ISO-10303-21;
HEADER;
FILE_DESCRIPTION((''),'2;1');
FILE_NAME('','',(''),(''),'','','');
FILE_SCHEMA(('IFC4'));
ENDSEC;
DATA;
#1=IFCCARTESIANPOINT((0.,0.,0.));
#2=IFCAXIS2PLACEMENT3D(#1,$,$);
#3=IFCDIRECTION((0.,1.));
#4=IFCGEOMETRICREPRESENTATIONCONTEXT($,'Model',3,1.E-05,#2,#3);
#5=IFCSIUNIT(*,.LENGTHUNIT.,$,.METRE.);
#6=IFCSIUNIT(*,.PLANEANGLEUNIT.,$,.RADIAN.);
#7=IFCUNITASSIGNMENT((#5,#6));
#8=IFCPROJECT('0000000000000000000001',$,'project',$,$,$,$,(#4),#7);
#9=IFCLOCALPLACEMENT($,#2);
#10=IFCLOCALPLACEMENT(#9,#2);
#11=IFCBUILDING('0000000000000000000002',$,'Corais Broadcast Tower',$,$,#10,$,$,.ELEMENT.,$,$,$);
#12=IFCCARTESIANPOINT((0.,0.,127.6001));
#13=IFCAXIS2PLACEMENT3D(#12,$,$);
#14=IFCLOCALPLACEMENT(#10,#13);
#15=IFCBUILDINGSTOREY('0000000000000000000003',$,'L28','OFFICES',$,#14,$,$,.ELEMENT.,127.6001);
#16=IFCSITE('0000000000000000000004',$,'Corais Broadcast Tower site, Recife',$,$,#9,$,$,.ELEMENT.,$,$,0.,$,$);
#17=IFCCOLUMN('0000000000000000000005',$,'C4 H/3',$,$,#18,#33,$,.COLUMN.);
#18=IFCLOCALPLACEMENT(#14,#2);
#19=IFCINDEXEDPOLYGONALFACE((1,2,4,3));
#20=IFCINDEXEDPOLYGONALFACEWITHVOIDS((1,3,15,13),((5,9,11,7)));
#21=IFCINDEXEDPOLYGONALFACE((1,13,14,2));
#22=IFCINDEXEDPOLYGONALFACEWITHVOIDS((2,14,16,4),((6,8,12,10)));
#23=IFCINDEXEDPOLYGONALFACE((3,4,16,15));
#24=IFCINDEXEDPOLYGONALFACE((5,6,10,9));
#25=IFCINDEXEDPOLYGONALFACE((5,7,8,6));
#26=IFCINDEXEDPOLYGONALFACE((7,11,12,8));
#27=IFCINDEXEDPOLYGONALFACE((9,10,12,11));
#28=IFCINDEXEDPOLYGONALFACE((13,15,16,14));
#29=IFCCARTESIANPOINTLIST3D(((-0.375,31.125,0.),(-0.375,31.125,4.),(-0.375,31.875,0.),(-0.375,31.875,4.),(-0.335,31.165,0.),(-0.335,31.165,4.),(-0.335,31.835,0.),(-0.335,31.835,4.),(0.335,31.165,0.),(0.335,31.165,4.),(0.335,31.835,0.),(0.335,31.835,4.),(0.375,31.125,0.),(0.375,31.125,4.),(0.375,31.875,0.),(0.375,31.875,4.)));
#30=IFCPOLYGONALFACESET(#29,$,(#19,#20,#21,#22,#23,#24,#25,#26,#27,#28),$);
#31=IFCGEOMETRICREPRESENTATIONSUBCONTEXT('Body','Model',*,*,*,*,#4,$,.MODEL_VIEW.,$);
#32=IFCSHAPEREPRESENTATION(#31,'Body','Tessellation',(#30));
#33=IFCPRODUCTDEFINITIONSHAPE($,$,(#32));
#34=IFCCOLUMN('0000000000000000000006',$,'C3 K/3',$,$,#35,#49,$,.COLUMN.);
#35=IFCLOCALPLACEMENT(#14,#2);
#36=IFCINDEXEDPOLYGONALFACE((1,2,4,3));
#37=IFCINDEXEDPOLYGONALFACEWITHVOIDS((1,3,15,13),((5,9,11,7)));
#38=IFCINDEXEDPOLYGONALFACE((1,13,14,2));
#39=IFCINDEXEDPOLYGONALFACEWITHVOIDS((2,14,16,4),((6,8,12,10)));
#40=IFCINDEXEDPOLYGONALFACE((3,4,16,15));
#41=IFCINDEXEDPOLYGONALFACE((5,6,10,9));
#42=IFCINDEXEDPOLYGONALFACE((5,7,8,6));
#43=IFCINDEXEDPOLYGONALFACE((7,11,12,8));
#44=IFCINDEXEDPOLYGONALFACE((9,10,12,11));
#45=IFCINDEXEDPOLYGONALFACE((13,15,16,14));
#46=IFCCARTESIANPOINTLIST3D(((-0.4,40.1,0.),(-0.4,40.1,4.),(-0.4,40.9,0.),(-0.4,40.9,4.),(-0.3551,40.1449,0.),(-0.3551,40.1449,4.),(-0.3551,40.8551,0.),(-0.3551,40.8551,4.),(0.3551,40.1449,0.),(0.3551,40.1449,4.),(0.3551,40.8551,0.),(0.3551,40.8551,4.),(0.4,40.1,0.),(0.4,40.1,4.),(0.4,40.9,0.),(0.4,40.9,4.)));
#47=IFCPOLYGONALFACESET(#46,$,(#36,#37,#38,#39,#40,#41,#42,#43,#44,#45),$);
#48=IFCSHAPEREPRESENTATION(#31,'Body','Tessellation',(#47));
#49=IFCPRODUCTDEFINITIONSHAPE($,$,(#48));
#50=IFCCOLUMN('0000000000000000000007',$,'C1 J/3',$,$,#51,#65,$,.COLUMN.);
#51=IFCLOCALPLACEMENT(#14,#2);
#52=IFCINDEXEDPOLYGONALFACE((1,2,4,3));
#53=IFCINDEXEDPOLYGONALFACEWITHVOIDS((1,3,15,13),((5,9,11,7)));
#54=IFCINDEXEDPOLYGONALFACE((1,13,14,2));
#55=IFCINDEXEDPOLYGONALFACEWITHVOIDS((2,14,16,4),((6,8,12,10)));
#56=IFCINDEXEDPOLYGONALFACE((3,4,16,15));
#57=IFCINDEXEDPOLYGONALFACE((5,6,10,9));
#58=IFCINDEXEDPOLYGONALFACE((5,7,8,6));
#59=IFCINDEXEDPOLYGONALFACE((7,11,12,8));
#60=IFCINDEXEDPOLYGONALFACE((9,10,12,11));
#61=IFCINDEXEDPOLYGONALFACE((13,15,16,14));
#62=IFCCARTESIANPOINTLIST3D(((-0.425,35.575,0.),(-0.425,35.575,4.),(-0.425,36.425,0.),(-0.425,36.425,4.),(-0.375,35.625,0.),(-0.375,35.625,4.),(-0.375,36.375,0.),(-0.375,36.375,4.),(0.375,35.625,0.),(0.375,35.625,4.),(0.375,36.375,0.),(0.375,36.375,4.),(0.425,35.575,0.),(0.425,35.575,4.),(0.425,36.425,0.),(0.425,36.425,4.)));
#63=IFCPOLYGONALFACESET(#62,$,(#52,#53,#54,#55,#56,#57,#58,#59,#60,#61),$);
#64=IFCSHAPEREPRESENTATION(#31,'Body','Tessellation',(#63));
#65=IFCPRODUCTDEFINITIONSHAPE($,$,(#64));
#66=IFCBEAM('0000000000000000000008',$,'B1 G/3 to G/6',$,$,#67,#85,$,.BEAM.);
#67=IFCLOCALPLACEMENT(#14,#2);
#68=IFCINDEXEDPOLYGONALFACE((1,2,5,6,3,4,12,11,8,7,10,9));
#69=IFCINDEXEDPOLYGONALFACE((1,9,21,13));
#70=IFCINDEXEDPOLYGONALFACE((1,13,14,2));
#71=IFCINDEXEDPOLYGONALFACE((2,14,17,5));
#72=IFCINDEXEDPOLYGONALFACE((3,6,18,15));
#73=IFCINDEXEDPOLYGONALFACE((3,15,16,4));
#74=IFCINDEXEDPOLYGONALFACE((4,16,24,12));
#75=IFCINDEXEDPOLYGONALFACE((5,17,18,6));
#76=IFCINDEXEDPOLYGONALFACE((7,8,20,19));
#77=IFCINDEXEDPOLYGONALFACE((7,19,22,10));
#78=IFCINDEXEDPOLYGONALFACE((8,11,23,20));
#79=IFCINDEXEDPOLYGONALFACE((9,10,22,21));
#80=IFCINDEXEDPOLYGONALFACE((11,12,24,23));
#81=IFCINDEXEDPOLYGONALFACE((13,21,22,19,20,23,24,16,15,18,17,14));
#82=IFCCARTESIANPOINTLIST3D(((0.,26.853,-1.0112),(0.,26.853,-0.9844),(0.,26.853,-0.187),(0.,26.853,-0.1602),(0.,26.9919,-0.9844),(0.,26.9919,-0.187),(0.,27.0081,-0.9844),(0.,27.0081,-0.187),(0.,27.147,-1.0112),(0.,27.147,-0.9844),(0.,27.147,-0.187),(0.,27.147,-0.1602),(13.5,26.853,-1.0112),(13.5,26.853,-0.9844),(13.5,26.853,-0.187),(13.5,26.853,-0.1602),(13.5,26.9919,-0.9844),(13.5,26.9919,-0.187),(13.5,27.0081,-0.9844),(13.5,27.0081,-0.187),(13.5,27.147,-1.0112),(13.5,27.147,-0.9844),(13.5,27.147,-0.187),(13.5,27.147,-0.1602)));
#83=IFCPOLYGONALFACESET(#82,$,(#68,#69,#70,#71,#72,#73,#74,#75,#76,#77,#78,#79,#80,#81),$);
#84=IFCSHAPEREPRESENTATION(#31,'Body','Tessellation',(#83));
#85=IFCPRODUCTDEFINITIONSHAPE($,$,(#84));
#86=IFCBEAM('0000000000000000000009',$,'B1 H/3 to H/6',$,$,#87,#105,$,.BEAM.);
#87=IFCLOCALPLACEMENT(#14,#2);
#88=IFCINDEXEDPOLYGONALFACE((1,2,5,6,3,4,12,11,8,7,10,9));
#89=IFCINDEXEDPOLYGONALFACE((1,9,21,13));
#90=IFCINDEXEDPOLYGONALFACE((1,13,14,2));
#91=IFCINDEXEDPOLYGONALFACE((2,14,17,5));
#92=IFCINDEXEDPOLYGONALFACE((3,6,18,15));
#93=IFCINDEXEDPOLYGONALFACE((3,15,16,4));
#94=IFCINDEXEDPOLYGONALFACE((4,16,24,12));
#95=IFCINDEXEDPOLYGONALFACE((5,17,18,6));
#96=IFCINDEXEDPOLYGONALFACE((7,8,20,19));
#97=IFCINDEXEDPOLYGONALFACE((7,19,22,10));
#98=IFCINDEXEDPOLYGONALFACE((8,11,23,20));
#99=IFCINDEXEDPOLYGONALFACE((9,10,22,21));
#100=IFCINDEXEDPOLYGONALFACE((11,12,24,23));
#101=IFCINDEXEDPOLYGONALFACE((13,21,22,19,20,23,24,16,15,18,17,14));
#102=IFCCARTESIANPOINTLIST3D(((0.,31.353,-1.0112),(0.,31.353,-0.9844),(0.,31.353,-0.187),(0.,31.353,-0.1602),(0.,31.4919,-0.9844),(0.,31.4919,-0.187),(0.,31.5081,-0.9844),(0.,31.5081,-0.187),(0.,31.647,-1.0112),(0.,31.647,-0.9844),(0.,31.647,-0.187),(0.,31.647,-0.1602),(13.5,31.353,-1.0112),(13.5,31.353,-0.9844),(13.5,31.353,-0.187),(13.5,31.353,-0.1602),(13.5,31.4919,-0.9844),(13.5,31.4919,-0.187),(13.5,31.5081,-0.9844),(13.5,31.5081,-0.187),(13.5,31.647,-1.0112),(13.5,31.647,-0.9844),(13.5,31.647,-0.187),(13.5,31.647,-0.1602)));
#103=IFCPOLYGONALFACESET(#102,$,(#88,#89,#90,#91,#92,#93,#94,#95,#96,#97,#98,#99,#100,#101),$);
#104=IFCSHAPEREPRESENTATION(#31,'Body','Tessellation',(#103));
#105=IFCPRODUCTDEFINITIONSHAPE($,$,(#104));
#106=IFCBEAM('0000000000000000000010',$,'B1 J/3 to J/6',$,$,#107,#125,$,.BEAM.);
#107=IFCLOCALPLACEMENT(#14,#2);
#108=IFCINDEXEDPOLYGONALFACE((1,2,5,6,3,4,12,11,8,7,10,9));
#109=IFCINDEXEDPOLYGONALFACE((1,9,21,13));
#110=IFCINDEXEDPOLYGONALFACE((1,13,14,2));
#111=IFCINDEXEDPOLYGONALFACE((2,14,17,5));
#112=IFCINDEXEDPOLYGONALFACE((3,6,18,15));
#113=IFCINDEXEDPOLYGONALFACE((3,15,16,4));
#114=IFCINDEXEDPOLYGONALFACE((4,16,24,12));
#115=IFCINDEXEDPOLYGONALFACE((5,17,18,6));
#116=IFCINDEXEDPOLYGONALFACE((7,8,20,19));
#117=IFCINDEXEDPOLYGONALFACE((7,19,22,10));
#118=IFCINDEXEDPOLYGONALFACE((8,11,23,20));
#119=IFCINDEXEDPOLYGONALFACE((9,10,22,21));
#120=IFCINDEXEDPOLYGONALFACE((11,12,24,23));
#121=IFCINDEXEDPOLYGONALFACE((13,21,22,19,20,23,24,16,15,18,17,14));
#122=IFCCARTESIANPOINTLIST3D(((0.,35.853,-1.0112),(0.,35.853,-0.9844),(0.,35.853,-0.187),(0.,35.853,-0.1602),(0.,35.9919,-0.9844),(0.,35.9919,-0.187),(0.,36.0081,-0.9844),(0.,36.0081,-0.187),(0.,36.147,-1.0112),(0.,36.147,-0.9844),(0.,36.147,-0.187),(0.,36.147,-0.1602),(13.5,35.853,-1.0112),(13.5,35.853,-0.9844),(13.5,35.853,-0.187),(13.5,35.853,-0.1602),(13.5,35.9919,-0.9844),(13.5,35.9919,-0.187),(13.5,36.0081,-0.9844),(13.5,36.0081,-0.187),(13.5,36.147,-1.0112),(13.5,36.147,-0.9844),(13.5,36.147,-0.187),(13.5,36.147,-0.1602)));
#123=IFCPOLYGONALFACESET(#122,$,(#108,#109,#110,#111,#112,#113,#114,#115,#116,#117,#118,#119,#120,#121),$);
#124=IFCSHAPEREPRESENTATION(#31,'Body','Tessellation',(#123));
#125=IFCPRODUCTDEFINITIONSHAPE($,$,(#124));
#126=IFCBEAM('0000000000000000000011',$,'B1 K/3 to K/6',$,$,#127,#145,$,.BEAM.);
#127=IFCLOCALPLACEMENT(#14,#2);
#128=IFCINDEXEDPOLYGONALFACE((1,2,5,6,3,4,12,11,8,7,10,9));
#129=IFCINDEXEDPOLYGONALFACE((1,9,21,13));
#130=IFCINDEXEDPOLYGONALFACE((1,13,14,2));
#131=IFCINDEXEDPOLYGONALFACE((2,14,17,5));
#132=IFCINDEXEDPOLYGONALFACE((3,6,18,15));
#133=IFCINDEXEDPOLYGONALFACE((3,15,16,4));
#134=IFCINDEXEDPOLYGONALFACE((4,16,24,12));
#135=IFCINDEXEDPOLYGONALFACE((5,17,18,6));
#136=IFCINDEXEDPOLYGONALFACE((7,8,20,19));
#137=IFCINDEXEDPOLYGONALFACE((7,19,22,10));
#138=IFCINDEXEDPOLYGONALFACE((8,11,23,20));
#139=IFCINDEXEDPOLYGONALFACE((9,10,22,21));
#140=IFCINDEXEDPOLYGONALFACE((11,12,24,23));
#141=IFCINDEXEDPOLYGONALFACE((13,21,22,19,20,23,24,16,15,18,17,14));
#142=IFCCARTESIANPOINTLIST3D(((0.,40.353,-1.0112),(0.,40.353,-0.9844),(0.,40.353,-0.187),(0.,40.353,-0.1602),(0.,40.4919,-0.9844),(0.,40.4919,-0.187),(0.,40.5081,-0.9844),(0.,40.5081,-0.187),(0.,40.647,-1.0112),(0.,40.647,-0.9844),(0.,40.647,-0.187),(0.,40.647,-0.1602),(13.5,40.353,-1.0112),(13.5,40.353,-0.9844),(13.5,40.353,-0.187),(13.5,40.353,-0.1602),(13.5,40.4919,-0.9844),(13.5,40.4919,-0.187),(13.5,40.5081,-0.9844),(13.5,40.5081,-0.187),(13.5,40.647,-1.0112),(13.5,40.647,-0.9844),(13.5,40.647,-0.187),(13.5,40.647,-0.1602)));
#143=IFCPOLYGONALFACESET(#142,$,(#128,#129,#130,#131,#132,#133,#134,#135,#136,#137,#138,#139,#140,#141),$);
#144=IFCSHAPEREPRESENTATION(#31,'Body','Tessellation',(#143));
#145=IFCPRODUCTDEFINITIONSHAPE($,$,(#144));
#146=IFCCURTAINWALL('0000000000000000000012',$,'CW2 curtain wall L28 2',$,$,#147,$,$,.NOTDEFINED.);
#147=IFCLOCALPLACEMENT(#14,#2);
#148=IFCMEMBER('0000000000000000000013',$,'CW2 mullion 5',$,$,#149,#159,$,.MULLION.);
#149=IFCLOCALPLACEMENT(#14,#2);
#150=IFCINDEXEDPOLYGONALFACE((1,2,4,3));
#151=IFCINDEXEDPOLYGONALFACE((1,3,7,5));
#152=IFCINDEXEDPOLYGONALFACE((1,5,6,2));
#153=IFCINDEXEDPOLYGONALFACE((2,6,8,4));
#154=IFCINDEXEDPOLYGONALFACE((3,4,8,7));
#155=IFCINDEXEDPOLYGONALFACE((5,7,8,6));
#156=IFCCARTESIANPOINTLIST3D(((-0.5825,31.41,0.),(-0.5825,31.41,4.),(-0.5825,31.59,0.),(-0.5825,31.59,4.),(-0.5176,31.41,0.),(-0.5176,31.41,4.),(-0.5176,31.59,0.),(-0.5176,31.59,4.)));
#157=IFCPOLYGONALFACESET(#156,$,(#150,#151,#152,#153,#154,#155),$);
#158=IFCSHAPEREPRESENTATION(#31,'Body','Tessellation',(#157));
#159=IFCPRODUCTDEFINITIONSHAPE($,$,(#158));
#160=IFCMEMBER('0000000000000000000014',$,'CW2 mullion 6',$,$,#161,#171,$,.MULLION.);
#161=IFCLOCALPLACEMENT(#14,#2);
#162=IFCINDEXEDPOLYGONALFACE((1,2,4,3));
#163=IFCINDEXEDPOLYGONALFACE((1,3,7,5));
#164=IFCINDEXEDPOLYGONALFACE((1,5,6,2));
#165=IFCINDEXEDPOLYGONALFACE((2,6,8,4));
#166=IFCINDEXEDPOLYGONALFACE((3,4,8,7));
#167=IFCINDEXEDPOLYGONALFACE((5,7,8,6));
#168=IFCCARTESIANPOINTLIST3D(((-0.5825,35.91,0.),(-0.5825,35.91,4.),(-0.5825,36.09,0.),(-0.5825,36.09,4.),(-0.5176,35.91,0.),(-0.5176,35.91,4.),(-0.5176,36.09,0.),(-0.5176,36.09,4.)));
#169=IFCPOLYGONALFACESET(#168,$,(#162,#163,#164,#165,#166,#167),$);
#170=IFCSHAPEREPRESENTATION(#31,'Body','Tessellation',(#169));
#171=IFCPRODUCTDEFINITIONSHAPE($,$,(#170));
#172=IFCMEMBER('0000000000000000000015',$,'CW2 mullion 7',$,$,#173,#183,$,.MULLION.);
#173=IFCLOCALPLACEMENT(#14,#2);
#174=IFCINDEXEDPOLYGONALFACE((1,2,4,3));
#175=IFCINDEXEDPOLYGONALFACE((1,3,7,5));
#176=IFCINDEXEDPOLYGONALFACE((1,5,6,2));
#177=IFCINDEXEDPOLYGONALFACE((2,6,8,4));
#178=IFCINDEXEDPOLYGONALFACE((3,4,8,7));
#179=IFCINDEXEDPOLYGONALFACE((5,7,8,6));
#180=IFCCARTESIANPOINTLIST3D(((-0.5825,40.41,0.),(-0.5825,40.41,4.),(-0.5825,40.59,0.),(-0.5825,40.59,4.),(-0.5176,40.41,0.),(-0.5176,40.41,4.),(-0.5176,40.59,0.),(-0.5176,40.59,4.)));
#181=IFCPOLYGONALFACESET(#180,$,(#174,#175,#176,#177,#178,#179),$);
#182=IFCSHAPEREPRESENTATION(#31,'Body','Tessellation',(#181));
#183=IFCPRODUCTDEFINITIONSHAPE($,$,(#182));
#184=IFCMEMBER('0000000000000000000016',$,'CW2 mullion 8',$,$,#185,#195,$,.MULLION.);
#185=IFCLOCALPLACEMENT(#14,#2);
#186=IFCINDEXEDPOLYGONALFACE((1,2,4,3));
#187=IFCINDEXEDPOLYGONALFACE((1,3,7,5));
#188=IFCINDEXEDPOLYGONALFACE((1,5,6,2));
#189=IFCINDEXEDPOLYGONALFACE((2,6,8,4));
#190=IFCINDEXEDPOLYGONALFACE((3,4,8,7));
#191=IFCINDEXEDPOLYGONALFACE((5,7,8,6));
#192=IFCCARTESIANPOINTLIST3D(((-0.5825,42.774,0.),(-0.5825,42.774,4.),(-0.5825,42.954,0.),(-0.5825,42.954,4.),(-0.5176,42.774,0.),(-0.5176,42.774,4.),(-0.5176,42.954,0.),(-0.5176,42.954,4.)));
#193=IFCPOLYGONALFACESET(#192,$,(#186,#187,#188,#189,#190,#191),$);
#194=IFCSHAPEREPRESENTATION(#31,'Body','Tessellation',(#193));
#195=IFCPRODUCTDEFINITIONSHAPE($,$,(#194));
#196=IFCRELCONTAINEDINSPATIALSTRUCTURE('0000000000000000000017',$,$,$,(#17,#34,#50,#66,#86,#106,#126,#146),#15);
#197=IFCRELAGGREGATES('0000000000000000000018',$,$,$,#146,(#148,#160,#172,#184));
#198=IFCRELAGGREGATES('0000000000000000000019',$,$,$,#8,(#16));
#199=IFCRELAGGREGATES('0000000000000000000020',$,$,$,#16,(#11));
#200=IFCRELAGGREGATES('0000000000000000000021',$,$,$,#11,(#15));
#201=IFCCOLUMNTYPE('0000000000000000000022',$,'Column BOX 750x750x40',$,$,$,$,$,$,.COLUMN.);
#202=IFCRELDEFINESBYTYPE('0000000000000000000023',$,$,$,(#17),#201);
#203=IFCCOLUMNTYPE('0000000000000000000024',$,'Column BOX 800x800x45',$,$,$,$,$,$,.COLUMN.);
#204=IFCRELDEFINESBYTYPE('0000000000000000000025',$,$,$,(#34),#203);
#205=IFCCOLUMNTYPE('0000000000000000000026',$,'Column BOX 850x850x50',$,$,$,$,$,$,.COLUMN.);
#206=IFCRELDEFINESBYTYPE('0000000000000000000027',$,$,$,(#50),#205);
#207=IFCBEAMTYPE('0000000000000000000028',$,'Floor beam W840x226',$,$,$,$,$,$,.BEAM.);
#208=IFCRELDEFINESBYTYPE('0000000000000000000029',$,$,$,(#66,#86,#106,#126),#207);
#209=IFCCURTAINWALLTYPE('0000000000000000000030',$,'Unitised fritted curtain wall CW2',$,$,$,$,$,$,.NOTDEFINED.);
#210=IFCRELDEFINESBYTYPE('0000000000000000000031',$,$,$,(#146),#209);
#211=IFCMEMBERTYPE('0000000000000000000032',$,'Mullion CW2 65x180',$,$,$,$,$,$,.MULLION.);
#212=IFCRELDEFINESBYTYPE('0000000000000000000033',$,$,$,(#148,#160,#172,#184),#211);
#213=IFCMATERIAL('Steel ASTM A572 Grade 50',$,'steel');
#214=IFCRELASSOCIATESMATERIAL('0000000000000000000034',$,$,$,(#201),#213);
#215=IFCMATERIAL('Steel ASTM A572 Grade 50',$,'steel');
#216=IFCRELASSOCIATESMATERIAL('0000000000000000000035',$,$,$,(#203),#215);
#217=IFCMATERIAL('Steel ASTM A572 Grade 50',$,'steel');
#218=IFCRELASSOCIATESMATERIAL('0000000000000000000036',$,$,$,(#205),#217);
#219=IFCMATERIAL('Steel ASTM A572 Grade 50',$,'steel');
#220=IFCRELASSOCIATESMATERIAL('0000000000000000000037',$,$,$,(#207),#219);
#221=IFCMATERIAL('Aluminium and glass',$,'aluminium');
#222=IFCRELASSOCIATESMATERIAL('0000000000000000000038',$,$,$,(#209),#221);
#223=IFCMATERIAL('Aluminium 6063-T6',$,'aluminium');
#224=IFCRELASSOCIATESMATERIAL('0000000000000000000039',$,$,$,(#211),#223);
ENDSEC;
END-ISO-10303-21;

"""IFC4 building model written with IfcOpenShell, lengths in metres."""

from ifc_helpers import new_model, si_unit, direction, frame, origin, origin_2d, place, context, subcontext, project, spatial, rectangle, hollow_rectangle, i_section, extrude, material, material_profile, profile_set, type_object, element, aggregate, save


model = new_model("IFC4")

# Units and contexts
model_context = context("Model", 3, precision=1e-05, world=origin(), true_north=direction((0.0, 1.0)))
body_context = subcontext(model_context, "Body", "Model", "MODEL_VIEW")
ifc_project = project(units=[si_unit("LENGTHUNIT", "METRE"), si_unit("PLANEANGLEUNIT", "RADIAN")], contexts=[model_context])

# Site, building, storey
site_placement = place(None, origin())
site = spatial("IfcSite", under=ifc_project, at=site_placement, Name="Corais Broadcast Tower site, Recife", CompositionType="ELEMENT", RefElevation=0.0)
building_placement = place(site_placement, origin())
building = spatial("IfcBuilding", under=site, at=building_placement, Name="Corais Broadcast Tower", CompositionType="ELEMENT")
storey_placement = place(building_placement, frame((0.0, 0.0, 127.6001)))
storey = spatial("IfcBuildingStorey", under=building, at=storey_placement, Name="L28", Description="OFFICES", CompositionType="ELEMENT", Elevation=127.6001)

# Columns
ifc_material_1 = material(Name="Steel ASTM A572 Grade 50", Category="steel")
ifc_material_profile_1 = material_profile(ifc_material_1, hollow_rectangle(XDim=0.75, YDim=0.75, WallThickness=0.04, at=origin_2d()), Name="BOX 750x750x40")
ifc_profile_set_1 = profile_set([ifc_material_profile_1], Name="Steel ASTM A572 Grade 50")
column_type_1 = type_object("IfcColumnType", Name="Column BOX 750x750x40", PredefinedType="COLUMN", material=ifc_profile_set_1)
column_1_placement = place(storey_placement, frame((0.0, 31.5, 0.0), z_axis=(0.0, 0.0, 1.0), x_axis=(1.0, 0.0, 0.0)))
element("IfcColumn", 1, at=column_1_placement, inside=storey, type_object=column_type_1, Name="C4 H/3", PredefinedType="COLUMN", context=body_context, shape_type="SweptSolid", body=[
    extrude(hollow_rectangle(XDim=0.75, YDim=0.75, WallThickness=0.04, at=origin_2d()), origin(), (0.0, 0.0, 1.0), 4.0),
])
ifc_material_2 = material(Name="Steel ASTM A572 Grade 50", Category="steel")
ifc_material_profile_2 = material_profile(ifc_material_2, hollow_rectangle(XDim=0.8, YDim=0.8, WallThickness=0.0449, at=origin_2d()), Name="BOX 800x800x45")
ifc_profile_set_2 = profile_set([ifc_material_profile_2], Name="Steel ASTM A572 Grade 50")
column_type_2 = type_object("IfcColumnType", Name="Column BOX 800x800x45", PredefinedType="COLUMN", material=ifc_profile_set_2)
column_2_placement = place(storey_placement, frame((0.0, 40.5, 0.0), z_axis=(0.0, 0.0, 1.0), x_axis=(1.0, 0.0, 0.0)))
element("IfcColumn", 2, at=column_2_placement, inside=storey, type_object=column_type_2, Name="C3 K/3", PredefinedType="COLUMN", context=body_context, shape_type="SweptSolid", body=[
    extrude(hollow_rectangle(XDim=0.8, YDim=0.8, WallThickness=0.0449, at=origin_2d()), origin(), (0.0, 0.0, 1.0), 4.0),
])
ifc_material_3 = material(Name="Steel ASTM A572 Grade 50", Category="steel")
ifc_material_profile_3 = material_profile(ifc_material_3, hollow_rectangle(XDim=0.8501, YDim=0.8501, WallThickness=0.05, at=origin_2d()), Name="BOX 850x850x50")
ifc_profile_set_3 = profile_set([ifc_material_profile_3], Name="Steel ASTM A572 Grade 50")
column_type_3 = type_object("IfcColumnType", Name="Column BOX 850x850x50", PredefinedType="COLUMN", material=ifc_profile_set_3)
column_3_placement = place(storey_placement, frame((0.0, 36.0, 0.0), z_axis=(0.0, 0.0, 1.0), x_axis=(1.0, 0.0, 0.0)))
element("IfcColumn", 3, at=column_3_placement, inside=storey, type_object=column_type_3, Name="C1 J/3", PredefinedType="COLUMN", context=body_context, shape_type="SweptSolid", body=[
    extrude(hollow_rectangle(XDim=0.8501, YDim=0.8501, WallThickness=0.05, at=origin_2d()), origin(), (0.0, 0.0, 1.0), 4.0),
])

# Beams
ifc_material_4 = material(Name="Steel ASTM A572 Grade 50", Category="steel")
ifc_material_profile_4 = material_profile(ifc_material_4, i_section(OverallWidth=0.2939, OverallDepth=0.8511, WebThickness=0.0161, FlangeThickness=0.0269, at=origin_2d()), Name="W840x226")
ifc_profile_set_4 = profile_set([ifc_material_profile_4], Name="Steel ASTM A572 Grade 50")
beam_type_1 = type_object("IfcBeamType", Name="Floor beam W840x226", PredefinedType="BEAM", material=ifc_profile_set_4)
for number, where, z_axis, x_axis, name in (
    (4, (0.0, 27.0, -0.5857), (1.0, 0.0, 0.0), (0.0, 1.0, 0.0), "B1 G/3 to G/6"),
    (5, (0.0, 31.5, -0.5857), (1.0, 0.0, 0.0), (0.0, 1.0, 0.0), "B1 H/3 to H/6"),
    (6, (0.0, 36.0, -0.5857), (1.0, 0.0, 0.0), (0.0, 1.0, 0.0), "B1 J/3 to J/6"),
    (7, (0.0, 40.5, -0.5857), (1.0, 0.0, 0.0), (0.0, 1.0, 0.0), "B1 K/3 to K/6"),
):
    element("IfcBeam", number, at=place(storey_placement, frame(where, z_axis=z_axis, x_axis=x_axis)), inside=storey, type_object=beam_type_1, Name=name, PredefinedType="BEAM", context=body_context, shape_type="SweptSolid", body=[
        extrude(i_section(OverallWidth=0.2939, OverallDepth=0.8511, WebThickness=0.0161, FlangeThickness=0.0269, at=origin_2d()), origin(), (0.0, 0.0, 1.0), 13.5),
    ])

# Curtain wall, members
ifc_material_5 = material(Name="Aluminium and glass", Category="aluminium")
curtain_wall_type = type_object("IfcCurtainWallType", Name="Unitised fritted curtain wall CW2", PredefinedType="NOTDEFINED", material=ifc_material_5)
curtain_wall_placement = place(storey_placement, origin())
curtain_wall = element("IfcCurtainWall", 8, at=curtain_wall_placement, inside=storey, type_object=curtain_wall_type, Name="CW2 curtain wall L28 2", PredefinedType="NOTDEFINED")
ifc_material_6 = material(Name="Aluminium 6063-T6", Category="aluminium")
ifc_material_profile_5 = material_profile(ifc_material_6, rectangle(XDim=0.0649, YDim=0.1799, at=origin_2d()), Name="Mullion CW2 65x180")
ifc_profile_set_5 = profile_set([ifc_material_profile_5], Name="Aluminium 6063-T6")
member_type_1 = type_object("IfcMemberType", Name="Mullion CW2 65x180", PredefinedType="MULLION", material=ifc_profile_set_5)
member_1_placement = place(storey_placement, frame((-0.55, 31.5, 0.0), z_axis=(0.0, 0.0, 1.0), x_axis=(-1.0, 0.0, 0.0)))
member_1 = element("IfcMember", 9, at=member_1_placement, type_object=member_type_1, Name="CW2 mullion 5", PredefinedType="MULLION", context=body_context, shape_type="SweptSolid", body=[
    extrude(rectangle(XDim=0.0649, YDim=0.1799, at=origin_2d()), origin(), (0.0, 0.0, 1.0), 4.0),
])
member_2_placement = place(storey_placement, frame((-0.55, 36.0, 0.0), z_axis=(0.0, 0.0, 1.0), x_axis=(-1.0, 0.0, 0.0)))
member_2 = element("IfcMember", 10, at=member_2_placement, type_object=member_type_1, Name="CW2 mullion 6", PredefinedType="MULLION", context=body_context, shape_type="SweptSolid", body=[
    extrude(rectangle(XDim=0.0649, YDim=0.1799, at=origin_2d()), origin(), (0.0, 0.0, 1.0), 4.0),
])
member_3_placement = place(storey_placement, frame((-0.55, 40.5, 0.0), z_axis=(0.0, 0.0, 1.0), x_axis=(-1.0, 0.0, 0.0)))
member_3 = element("IfcMember", 11, at=member_3_placement, type_object=member_type_1, Name="CW2 mullion 7", PredefinedType="MULLION", context=body_context, shape_type="SweptSolid", body=[
    extrude(rectangle(XDim=0.0649, YDim=0.1799, at=origin_2d()), origin(), (0.0, 0.0, 1.0), 4.0),
])
member_4_placement = place(storey_placement, frame((-0.55, 42.864, 0.0), z_axis=(0.0, 0.0, 1.0), x_axis=(-1.0, 0.0, 0.0)))
member_4 = element("IfcMember", 12, at=member_4_placement, type_object=member_type_1, Name="CW2 mullion 8", PredefinedType="MULLION", context=body_context, shape_type="SweptSolid", body=[
    extrude(rectangle(XDim=0.0649, YDim=0.1799, at=origin_2d()), origin(), (0.0, 0.0, 1.0), 4.0),
])

aggregate(curtain_wall, [member_1, member_2, member_3, member_4])

save(model, "model.ifc")
